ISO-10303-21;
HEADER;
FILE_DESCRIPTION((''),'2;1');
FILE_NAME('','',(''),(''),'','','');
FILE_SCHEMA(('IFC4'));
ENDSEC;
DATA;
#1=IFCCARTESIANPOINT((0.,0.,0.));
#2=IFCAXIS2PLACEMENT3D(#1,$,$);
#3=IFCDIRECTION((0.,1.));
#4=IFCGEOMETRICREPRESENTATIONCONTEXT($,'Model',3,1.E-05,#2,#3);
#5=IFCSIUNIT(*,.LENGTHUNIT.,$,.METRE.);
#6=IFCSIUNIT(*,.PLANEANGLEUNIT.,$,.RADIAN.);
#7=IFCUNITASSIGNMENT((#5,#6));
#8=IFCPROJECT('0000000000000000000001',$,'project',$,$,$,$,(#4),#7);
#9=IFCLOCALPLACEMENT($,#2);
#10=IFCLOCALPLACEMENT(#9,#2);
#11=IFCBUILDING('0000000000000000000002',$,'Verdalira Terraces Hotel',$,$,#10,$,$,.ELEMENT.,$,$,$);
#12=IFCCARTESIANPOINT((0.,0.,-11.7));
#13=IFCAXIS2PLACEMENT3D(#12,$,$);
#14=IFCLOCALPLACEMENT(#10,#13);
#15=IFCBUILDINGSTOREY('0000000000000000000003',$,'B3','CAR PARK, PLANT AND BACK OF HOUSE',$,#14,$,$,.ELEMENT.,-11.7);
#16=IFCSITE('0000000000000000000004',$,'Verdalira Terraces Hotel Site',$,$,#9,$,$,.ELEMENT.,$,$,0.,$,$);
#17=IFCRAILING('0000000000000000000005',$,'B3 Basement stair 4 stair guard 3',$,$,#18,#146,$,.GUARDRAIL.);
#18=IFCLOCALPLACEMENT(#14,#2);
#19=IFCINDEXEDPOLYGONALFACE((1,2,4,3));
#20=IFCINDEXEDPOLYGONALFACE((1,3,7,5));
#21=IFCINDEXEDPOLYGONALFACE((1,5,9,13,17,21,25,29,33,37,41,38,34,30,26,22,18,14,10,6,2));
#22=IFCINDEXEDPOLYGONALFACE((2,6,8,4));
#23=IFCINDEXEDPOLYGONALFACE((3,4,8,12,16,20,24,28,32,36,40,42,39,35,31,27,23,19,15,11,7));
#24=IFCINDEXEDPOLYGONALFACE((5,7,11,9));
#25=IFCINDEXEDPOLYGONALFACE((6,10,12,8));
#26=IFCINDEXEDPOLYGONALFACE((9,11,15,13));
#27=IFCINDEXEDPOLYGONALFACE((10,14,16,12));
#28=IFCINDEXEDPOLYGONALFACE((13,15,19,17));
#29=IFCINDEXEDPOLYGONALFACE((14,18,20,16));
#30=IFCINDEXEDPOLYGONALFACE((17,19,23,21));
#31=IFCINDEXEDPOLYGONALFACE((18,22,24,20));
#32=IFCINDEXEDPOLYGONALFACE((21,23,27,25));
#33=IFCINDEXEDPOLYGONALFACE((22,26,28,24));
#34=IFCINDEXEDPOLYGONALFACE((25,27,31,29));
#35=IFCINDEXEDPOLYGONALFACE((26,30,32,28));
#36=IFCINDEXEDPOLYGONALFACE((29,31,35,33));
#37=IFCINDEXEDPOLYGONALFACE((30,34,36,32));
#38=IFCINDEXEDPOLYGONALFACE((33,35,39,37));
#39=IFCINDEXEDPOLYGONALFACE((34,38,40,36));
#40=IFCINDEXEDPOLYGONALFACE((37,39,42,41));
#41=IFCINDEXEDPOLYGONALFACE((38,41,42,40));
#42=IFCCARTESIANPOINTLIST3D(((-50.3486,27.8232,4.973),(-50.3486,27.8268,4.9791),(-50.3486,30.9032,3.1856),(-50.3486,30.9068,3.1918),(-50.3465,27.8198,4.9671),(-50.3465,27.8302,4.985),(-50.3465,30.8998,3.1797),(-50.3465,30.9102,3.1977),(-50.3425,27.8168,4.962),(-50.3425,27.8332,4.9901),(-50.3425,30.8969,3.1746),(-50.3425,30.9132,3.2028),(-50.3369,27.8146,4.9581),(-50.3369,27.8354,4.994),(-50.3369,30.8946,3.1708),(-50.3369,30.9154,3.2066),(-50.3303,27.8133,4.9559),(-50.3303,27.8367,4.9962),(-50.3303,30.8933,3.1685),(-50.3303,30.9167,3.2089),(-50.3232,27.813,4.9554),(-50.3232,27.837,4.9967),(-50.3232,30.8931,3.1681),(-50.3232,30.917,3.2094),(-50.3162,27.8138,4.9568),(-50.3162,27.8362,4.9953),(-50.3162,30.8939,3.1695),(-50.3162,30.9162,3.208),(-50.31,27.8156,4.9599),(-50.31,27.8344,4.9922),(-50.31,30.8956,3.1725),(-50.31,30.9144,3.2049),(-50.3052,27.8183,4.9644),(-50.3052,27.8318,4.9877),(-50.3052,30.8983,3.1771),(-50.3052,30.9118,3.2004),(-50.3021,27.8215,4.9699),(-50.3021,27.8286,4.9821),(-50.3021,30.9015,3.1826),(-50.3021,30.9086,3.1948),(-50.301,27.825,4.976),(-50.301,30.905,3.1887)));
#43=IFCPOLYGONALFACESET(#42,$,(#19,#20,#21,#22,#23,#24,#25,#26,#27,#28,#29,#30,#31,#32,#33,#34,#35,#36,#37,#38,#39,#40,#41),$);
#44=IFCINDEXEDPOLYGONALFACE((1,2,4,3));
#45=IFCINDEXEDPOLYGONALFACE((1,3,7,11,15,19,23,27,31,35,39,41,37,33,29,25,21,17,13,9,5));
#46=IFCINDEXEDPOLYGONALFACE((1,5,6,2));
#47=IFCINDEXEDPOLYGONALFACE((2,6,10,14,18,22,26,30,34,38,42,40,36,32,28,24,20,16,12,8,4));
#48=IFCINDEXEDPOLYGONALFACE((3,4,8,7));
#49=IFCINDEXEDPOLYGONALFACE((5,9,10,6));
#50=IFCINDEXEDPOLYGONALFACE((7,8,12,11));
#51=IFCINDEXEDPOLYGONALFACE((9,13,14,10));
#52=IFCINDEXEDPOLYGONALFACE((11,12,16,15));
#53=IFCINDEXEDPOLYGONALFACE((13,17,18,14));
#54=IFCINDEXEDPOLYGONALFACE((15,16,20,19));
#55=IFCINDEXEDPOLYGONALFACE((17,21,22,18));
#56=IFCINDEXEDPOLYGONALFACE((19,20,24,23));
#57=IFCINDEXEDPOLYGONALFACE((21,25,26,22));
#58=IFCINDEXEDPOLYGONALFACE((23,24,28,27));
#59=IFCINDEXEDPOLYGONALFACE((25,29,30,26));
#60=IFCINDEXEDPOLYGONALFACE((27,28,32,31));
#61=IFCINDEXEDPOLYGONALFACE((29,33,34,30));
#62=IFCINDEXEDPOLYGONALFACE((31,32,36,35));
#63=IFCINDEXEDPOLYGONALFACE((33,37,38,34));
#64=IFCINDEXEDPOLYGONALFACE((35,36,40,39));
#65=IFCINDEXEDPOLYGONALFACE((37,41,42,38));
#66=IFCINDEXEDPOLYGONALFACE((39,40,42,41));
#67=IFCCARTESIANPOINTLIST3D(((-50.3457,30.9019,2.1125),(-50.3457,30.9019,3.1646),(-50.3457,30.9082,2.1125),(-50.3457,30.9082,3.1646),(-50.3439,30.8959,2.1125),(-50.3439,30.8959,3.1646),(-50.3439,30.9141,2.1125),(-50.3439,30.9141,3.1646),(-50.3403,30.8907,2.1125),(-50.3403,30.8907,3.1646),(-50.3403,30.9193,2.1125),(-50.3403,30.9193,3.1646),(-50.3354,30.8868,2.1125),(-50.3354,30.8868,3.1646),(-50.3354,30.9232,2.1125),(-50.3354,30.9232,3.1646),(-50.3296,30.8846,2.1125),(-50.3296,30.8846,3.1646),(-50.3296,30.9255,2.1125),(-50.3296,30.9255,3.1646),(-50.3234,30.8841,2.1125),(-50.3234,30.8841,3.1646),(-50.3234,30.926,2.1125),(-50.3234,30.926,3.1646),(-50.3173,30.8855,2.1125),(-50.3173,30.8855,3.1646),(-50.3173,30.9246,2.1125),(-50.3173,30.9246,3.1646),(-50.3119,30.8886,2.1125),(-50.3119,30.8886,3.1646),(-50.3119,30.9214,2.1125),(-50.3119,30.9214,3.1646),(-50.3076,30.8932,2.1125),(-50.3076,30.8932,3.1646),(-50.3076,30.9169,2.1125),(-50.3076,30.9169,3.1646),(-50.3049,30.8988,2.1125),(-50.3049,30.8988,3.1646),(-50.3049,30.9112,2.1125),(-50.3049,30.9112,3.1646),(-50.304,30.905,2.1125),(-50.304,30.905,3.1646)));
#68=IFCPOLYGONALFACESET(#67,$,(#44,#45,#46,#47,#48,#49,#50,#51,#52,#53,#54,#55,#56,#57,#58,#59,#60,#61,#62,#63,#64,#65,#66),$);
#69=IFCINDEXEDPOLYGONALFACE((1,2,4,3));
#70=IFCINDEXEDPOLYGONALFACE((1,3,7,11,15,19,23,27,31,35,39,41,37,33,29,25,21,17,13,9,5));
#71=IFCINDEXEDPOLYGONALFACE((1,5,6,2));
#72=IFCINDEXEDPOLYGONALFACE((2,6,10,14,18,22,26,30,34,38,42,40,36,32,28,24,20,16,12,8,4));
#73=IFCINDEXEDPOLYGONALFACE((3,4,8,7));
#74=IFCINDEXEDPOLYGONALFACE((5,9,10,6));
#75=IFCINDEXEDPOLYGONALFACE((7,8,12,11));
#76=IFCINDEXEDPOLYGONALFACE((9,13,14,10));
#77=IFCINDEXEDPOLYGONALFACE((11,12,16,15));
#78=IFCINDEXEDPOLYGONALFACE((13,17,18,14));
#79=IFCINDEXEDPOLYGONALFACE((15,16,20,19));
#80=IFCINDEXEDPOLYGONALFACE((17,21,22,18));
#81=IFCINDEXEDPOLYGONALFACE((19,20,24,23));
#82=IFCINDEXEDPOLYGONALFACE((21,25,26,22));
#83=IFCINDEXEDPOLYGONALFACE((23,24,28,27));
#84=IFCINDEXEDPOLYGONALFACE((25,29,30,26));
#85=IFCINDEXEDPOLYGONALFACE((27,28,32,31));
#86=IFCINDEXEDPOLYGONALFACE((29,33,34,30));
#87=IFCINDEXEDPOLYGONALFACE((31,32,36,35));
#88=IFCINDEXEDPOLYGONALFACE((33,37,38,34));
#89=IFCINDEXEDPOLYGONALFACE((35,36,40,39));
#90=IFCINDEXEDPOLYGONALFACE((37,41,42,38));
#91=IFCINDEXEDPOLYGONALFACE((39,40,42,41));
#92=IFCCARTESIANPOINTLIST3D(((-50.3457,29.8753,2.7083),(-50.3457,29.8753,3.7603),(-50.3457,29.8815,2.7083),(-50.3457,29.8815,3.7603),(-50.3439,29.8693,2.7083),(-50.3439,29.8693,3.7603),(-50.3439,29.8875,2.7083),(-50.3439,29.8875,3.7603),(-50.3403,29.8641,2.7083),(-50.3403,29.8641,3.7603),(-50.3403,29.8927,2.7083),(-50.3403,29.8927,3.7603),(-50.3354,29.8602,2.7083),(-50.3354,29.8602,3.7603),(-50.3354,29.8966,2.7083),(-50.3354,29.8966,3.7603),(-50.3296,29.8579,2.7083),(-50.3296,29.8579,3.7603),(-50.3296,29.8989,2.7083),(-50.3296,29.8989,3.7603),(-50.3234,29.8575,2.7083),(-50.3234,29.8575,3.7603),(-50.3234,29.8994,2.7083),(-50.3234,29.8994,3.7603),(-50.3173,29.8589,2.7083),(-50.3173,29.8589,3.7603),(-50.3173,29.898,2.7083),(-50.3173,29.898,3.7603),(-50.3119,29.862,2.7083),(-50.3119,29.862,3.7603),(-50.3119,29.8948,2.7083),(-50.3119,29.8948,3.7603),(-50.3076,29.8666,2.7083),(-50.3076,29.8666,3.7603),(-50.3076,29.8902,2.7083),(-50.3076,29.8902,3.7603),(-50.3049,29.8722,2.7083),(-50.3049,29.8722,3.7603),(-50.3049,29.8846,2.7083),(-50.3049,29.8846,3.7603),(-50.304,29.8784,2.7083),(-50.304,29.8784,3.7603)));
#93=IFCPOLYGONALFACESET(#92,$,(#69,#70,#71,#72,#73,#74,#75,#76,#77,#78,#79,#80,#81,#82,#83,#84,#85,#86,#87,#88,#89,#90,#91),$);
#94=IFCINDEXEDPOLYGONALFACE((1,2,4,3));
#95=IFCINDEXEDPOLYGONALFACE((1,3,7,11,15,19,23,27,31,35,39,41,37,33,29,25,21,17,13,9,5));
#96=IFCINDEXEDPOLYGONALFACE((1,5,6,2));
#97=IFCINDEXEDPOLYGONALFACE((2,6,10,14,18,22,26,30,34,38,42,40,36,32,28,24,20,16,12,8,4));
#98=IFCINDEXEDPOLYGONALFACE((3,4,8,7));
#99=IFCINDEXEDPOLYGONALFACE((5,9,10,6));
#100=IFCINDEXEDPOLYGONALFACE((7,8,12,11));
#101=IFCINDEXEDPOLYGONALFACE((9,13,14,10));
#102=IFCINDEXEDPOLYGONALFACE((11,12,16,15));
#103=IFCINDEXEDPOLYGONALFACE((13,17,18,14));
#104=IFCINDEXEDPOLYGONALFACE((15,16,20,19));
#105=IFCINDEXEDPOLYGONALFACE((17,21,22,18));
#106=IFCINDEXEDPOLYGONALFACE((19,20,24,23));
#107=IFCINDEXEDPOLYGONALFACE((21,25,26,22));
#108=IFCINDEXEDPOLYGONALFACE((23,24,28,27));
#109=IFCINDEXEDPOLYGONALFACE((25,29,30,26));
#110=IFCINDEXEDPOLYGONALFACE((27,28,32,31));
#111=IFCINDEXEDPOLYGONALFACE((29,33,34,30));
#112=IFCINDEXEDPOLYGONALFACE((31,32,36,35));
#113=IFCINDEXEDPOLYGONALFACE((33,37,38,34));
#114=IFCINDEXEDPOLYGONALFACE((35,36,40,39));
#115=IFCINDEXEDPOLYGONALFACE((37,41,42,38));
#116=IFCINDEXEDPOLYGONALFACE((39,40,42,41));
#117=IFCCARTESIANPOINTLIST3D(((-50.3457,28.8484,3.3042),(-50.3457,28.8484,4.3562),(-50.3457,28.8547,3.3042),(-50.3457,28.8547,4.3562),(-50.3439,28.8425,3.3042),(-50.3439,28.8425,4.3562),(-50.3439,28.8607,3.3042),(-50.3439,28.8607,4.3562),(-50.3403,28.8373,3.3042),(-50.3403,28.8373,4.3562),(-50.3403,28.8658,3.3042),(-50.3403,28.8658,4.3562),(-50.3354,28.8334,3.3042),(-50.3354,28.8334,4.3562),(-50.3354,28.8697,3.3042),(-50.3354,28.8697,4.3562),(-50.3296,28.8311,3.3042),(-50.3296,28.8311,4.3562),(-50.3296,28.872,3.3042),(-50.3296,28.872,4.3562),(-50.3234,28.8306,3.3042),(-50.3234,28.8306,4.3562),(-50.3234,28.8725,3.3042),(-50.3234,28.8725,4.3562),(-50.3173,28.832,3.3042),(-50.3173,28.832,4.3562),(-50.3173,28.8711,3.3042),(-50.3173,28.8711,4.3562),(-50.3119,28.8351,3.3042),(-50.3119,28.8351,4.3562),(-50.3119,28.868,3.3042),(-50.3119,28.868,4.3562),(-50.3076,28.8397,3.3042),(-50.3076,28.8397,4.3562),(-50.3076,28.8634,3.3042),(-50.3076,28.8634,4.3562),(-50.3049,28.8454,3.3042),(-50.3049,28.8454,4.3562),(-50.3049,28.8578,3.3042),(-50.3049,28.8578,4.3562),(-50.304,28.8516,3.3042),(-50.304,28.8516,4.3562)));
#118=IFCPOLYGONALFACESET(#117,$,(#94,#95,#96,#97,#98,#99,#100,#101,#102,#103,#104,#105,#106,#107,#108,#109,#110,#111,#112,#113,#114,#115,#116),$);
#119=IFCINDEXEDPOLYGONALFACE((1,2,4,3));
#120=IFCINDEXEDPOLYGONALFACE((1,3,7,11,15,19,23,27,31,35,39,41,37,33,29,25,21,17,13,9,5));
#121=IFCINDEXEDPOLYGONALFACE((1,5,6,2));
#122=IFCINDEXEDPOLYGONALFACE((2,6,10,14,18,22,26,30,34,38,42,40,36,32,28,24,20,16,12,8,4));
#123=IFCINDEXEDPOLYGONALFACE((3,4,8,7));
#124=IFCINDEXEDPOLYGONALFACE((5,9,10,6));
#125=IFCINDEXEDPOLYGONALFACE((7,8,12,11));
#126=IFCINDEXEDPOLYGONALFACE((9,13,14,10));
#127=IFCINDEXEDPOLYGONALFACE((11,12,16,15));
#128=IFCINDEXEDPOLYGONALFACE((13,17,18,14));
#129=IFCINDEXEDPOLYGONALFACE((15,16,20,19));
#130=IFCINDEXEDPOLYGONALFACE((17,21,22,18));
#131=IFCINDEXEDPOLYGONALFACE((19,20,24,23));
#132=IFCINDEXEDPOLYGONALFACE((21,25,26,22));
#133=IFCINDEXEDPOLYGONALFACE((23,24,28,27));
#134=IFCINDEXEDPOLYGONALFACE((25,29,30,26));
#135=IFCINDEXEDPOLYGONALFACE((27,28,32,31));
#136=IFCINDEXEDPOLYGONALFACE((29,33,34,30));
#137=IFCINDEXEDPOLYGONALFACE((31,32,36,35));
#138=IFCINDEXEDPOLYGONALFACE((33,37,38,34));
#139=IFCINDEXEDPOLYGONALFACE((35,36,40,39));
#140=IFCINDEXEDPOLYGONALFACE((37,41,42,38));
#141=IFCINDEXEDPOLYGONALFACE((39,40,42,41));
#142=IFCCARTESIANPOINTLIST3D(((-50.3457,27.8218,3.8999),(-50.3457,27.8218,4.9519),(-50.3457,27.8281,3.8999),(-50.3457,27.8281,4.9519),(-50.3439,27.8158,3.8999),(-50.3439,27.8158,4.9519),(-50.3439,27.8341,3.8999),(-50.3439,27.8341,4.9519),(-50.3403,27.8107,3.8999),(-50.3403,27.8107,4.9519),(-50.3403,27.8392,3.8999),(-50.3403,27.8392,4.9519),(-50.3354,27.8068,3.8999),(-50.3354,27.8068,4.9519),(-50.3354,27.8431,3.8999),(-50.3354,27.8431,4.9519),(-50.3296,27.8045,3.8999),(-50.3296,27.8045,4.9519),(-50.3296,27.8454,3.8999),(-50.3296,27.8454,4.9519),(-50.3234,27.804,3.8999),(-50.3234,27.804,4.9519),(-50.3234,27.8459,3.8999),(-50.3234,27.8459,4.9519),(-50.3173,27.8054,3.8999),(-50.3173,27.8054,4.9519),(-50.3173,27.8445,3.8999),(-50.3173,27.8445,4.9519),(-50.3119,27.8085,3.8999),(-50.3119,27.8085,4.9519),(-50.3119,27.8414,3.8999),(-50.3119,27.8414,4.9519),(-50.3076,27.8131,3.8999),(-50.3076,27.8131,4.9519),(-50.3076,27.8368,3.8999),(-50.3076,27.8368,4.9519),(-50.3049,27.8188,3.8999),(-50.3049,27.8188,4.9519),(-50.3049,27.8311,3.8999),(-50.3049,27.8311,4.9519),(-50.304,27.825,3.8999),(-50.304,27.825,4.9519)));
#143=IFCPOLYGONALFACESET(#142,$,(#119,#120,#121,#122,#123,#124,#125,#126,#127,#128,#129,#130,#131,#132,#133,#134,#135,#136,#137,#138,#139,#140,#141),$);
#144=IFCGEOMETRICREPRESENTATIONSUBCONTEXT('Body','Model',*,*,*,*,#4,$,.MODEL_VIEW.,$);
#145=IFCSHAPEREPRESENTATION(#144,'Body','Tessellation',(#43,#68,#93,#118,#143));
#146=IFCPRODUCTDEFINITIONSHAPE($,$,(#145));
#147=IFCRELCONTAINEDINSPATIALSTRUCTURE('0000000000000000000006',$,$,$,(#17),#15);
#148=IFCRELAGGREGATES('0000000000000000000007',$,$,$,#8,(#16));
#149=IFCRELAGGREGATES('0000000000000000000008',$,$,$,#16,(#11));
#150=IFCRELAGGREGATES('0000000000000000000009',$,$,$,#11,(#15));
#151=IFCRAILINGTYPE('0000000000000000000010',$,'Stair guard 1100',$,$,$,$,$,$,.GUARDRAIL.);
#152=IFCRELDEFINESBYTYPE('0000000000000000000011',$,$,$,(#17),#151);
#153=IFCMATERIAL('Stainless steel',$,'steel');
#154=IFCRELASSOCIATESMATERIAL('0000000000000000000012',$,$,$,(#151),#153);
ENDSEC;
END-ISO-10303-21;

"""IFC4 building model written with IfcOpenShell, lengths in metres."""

from ifc_helpers import new_model, si_unit, direction, frame, origin, origin_2d, place, context, subcontext, project, spatial, circle, extrude, material, type_object, element, save


model = new_model("IFC4")

# Units and contexts
model_context = context("Model", 3, precision=1e-05, world=origin(), true_north=direction((0.0, 1.0)))
body_context = subcontext(model_context, "Body", "Model", "MODEL_VIEW")
ifc_project = project(units=[si_unit("LENGTHUNIT", "METRE"), si_unit("PLANEANGLEUNIT", "RADIAN")], contexts=[model_context])

# Site, building, storey
site_placement = place(None, origin())
site = spatial("IfcSite", under=ifc_project, at=site_placement, Name="Verdalira Terraces Hotel Site", CompositionType="ELEMENT", RefElevation=0.0)
building_placement = place(site_placement, origin())
building = spatial("IfcBuilding", under=site, at=building_placement, Name="Verdalira Terraces Hotel", CompositionType="ELEMENT")
storey_placement = place(building_placement, frame((0.0, 0.0, -11.7)))
storey = spatial("IfcBuildingStorey", under=building, at=storey_placement, Name="B3", Description="CAR PARK, PLANT AND BACK OF HOUSE", CompositionType="ELEMENT", Elevation=-11.7)

# Railing
ifc_material_1 = material(Name="Stainless steel", Category="steel")
railing_type_1 = type_object("IfcRailingType", Name="Stair guard 1100", PredefinedType="GUARDRAIL", material=ifc_material_1)
railing_1_placement = place(storey_placement, frame((-50.325, 30.905, 2.1125)))
element("IfcRailing", 1, at=railing_1_placement, inside=storey, type_object=railing_type_1, Name="B3 Basement stair 4 stair guard 3", PredefinedType="GUARDRAIL", context=body_context, shape_type="SweptSolid", body=[
    extrude(circle(Radius=0.0239, at=origin_2d()), frame((0.0, 0.0, 1.0762), z_axis=(0.0, -0.86492, 0.501909), x_axis=(1.0, 0.0, 0.0)), (0.0, 0.0, 1.0), 3.561),
    extrude(circle(Radius=0.021, at=origin_2d()), origin(), (0.0, 0.0, 1.0), 1.052),
    extrude(circle(Radius=0.021, at=origin_2d()), frame((0.0, -1.0266, 0.5957)), (0.0, 0.0, 1.0), 1.052),
    extrude(circle(Radius=0.021, at=origin_2d()), frame((0.0, -2.0535, 1.1917)), (0.0, 0.0, 1.0), 1.052),
    extrude(circle(Radius=0.021, at=origin_2d()), frame((0.0, -3.0801, 1.7874)), (0.0, 0.0, 1.0), 1.052),
])

save(model, "model.ifc")
